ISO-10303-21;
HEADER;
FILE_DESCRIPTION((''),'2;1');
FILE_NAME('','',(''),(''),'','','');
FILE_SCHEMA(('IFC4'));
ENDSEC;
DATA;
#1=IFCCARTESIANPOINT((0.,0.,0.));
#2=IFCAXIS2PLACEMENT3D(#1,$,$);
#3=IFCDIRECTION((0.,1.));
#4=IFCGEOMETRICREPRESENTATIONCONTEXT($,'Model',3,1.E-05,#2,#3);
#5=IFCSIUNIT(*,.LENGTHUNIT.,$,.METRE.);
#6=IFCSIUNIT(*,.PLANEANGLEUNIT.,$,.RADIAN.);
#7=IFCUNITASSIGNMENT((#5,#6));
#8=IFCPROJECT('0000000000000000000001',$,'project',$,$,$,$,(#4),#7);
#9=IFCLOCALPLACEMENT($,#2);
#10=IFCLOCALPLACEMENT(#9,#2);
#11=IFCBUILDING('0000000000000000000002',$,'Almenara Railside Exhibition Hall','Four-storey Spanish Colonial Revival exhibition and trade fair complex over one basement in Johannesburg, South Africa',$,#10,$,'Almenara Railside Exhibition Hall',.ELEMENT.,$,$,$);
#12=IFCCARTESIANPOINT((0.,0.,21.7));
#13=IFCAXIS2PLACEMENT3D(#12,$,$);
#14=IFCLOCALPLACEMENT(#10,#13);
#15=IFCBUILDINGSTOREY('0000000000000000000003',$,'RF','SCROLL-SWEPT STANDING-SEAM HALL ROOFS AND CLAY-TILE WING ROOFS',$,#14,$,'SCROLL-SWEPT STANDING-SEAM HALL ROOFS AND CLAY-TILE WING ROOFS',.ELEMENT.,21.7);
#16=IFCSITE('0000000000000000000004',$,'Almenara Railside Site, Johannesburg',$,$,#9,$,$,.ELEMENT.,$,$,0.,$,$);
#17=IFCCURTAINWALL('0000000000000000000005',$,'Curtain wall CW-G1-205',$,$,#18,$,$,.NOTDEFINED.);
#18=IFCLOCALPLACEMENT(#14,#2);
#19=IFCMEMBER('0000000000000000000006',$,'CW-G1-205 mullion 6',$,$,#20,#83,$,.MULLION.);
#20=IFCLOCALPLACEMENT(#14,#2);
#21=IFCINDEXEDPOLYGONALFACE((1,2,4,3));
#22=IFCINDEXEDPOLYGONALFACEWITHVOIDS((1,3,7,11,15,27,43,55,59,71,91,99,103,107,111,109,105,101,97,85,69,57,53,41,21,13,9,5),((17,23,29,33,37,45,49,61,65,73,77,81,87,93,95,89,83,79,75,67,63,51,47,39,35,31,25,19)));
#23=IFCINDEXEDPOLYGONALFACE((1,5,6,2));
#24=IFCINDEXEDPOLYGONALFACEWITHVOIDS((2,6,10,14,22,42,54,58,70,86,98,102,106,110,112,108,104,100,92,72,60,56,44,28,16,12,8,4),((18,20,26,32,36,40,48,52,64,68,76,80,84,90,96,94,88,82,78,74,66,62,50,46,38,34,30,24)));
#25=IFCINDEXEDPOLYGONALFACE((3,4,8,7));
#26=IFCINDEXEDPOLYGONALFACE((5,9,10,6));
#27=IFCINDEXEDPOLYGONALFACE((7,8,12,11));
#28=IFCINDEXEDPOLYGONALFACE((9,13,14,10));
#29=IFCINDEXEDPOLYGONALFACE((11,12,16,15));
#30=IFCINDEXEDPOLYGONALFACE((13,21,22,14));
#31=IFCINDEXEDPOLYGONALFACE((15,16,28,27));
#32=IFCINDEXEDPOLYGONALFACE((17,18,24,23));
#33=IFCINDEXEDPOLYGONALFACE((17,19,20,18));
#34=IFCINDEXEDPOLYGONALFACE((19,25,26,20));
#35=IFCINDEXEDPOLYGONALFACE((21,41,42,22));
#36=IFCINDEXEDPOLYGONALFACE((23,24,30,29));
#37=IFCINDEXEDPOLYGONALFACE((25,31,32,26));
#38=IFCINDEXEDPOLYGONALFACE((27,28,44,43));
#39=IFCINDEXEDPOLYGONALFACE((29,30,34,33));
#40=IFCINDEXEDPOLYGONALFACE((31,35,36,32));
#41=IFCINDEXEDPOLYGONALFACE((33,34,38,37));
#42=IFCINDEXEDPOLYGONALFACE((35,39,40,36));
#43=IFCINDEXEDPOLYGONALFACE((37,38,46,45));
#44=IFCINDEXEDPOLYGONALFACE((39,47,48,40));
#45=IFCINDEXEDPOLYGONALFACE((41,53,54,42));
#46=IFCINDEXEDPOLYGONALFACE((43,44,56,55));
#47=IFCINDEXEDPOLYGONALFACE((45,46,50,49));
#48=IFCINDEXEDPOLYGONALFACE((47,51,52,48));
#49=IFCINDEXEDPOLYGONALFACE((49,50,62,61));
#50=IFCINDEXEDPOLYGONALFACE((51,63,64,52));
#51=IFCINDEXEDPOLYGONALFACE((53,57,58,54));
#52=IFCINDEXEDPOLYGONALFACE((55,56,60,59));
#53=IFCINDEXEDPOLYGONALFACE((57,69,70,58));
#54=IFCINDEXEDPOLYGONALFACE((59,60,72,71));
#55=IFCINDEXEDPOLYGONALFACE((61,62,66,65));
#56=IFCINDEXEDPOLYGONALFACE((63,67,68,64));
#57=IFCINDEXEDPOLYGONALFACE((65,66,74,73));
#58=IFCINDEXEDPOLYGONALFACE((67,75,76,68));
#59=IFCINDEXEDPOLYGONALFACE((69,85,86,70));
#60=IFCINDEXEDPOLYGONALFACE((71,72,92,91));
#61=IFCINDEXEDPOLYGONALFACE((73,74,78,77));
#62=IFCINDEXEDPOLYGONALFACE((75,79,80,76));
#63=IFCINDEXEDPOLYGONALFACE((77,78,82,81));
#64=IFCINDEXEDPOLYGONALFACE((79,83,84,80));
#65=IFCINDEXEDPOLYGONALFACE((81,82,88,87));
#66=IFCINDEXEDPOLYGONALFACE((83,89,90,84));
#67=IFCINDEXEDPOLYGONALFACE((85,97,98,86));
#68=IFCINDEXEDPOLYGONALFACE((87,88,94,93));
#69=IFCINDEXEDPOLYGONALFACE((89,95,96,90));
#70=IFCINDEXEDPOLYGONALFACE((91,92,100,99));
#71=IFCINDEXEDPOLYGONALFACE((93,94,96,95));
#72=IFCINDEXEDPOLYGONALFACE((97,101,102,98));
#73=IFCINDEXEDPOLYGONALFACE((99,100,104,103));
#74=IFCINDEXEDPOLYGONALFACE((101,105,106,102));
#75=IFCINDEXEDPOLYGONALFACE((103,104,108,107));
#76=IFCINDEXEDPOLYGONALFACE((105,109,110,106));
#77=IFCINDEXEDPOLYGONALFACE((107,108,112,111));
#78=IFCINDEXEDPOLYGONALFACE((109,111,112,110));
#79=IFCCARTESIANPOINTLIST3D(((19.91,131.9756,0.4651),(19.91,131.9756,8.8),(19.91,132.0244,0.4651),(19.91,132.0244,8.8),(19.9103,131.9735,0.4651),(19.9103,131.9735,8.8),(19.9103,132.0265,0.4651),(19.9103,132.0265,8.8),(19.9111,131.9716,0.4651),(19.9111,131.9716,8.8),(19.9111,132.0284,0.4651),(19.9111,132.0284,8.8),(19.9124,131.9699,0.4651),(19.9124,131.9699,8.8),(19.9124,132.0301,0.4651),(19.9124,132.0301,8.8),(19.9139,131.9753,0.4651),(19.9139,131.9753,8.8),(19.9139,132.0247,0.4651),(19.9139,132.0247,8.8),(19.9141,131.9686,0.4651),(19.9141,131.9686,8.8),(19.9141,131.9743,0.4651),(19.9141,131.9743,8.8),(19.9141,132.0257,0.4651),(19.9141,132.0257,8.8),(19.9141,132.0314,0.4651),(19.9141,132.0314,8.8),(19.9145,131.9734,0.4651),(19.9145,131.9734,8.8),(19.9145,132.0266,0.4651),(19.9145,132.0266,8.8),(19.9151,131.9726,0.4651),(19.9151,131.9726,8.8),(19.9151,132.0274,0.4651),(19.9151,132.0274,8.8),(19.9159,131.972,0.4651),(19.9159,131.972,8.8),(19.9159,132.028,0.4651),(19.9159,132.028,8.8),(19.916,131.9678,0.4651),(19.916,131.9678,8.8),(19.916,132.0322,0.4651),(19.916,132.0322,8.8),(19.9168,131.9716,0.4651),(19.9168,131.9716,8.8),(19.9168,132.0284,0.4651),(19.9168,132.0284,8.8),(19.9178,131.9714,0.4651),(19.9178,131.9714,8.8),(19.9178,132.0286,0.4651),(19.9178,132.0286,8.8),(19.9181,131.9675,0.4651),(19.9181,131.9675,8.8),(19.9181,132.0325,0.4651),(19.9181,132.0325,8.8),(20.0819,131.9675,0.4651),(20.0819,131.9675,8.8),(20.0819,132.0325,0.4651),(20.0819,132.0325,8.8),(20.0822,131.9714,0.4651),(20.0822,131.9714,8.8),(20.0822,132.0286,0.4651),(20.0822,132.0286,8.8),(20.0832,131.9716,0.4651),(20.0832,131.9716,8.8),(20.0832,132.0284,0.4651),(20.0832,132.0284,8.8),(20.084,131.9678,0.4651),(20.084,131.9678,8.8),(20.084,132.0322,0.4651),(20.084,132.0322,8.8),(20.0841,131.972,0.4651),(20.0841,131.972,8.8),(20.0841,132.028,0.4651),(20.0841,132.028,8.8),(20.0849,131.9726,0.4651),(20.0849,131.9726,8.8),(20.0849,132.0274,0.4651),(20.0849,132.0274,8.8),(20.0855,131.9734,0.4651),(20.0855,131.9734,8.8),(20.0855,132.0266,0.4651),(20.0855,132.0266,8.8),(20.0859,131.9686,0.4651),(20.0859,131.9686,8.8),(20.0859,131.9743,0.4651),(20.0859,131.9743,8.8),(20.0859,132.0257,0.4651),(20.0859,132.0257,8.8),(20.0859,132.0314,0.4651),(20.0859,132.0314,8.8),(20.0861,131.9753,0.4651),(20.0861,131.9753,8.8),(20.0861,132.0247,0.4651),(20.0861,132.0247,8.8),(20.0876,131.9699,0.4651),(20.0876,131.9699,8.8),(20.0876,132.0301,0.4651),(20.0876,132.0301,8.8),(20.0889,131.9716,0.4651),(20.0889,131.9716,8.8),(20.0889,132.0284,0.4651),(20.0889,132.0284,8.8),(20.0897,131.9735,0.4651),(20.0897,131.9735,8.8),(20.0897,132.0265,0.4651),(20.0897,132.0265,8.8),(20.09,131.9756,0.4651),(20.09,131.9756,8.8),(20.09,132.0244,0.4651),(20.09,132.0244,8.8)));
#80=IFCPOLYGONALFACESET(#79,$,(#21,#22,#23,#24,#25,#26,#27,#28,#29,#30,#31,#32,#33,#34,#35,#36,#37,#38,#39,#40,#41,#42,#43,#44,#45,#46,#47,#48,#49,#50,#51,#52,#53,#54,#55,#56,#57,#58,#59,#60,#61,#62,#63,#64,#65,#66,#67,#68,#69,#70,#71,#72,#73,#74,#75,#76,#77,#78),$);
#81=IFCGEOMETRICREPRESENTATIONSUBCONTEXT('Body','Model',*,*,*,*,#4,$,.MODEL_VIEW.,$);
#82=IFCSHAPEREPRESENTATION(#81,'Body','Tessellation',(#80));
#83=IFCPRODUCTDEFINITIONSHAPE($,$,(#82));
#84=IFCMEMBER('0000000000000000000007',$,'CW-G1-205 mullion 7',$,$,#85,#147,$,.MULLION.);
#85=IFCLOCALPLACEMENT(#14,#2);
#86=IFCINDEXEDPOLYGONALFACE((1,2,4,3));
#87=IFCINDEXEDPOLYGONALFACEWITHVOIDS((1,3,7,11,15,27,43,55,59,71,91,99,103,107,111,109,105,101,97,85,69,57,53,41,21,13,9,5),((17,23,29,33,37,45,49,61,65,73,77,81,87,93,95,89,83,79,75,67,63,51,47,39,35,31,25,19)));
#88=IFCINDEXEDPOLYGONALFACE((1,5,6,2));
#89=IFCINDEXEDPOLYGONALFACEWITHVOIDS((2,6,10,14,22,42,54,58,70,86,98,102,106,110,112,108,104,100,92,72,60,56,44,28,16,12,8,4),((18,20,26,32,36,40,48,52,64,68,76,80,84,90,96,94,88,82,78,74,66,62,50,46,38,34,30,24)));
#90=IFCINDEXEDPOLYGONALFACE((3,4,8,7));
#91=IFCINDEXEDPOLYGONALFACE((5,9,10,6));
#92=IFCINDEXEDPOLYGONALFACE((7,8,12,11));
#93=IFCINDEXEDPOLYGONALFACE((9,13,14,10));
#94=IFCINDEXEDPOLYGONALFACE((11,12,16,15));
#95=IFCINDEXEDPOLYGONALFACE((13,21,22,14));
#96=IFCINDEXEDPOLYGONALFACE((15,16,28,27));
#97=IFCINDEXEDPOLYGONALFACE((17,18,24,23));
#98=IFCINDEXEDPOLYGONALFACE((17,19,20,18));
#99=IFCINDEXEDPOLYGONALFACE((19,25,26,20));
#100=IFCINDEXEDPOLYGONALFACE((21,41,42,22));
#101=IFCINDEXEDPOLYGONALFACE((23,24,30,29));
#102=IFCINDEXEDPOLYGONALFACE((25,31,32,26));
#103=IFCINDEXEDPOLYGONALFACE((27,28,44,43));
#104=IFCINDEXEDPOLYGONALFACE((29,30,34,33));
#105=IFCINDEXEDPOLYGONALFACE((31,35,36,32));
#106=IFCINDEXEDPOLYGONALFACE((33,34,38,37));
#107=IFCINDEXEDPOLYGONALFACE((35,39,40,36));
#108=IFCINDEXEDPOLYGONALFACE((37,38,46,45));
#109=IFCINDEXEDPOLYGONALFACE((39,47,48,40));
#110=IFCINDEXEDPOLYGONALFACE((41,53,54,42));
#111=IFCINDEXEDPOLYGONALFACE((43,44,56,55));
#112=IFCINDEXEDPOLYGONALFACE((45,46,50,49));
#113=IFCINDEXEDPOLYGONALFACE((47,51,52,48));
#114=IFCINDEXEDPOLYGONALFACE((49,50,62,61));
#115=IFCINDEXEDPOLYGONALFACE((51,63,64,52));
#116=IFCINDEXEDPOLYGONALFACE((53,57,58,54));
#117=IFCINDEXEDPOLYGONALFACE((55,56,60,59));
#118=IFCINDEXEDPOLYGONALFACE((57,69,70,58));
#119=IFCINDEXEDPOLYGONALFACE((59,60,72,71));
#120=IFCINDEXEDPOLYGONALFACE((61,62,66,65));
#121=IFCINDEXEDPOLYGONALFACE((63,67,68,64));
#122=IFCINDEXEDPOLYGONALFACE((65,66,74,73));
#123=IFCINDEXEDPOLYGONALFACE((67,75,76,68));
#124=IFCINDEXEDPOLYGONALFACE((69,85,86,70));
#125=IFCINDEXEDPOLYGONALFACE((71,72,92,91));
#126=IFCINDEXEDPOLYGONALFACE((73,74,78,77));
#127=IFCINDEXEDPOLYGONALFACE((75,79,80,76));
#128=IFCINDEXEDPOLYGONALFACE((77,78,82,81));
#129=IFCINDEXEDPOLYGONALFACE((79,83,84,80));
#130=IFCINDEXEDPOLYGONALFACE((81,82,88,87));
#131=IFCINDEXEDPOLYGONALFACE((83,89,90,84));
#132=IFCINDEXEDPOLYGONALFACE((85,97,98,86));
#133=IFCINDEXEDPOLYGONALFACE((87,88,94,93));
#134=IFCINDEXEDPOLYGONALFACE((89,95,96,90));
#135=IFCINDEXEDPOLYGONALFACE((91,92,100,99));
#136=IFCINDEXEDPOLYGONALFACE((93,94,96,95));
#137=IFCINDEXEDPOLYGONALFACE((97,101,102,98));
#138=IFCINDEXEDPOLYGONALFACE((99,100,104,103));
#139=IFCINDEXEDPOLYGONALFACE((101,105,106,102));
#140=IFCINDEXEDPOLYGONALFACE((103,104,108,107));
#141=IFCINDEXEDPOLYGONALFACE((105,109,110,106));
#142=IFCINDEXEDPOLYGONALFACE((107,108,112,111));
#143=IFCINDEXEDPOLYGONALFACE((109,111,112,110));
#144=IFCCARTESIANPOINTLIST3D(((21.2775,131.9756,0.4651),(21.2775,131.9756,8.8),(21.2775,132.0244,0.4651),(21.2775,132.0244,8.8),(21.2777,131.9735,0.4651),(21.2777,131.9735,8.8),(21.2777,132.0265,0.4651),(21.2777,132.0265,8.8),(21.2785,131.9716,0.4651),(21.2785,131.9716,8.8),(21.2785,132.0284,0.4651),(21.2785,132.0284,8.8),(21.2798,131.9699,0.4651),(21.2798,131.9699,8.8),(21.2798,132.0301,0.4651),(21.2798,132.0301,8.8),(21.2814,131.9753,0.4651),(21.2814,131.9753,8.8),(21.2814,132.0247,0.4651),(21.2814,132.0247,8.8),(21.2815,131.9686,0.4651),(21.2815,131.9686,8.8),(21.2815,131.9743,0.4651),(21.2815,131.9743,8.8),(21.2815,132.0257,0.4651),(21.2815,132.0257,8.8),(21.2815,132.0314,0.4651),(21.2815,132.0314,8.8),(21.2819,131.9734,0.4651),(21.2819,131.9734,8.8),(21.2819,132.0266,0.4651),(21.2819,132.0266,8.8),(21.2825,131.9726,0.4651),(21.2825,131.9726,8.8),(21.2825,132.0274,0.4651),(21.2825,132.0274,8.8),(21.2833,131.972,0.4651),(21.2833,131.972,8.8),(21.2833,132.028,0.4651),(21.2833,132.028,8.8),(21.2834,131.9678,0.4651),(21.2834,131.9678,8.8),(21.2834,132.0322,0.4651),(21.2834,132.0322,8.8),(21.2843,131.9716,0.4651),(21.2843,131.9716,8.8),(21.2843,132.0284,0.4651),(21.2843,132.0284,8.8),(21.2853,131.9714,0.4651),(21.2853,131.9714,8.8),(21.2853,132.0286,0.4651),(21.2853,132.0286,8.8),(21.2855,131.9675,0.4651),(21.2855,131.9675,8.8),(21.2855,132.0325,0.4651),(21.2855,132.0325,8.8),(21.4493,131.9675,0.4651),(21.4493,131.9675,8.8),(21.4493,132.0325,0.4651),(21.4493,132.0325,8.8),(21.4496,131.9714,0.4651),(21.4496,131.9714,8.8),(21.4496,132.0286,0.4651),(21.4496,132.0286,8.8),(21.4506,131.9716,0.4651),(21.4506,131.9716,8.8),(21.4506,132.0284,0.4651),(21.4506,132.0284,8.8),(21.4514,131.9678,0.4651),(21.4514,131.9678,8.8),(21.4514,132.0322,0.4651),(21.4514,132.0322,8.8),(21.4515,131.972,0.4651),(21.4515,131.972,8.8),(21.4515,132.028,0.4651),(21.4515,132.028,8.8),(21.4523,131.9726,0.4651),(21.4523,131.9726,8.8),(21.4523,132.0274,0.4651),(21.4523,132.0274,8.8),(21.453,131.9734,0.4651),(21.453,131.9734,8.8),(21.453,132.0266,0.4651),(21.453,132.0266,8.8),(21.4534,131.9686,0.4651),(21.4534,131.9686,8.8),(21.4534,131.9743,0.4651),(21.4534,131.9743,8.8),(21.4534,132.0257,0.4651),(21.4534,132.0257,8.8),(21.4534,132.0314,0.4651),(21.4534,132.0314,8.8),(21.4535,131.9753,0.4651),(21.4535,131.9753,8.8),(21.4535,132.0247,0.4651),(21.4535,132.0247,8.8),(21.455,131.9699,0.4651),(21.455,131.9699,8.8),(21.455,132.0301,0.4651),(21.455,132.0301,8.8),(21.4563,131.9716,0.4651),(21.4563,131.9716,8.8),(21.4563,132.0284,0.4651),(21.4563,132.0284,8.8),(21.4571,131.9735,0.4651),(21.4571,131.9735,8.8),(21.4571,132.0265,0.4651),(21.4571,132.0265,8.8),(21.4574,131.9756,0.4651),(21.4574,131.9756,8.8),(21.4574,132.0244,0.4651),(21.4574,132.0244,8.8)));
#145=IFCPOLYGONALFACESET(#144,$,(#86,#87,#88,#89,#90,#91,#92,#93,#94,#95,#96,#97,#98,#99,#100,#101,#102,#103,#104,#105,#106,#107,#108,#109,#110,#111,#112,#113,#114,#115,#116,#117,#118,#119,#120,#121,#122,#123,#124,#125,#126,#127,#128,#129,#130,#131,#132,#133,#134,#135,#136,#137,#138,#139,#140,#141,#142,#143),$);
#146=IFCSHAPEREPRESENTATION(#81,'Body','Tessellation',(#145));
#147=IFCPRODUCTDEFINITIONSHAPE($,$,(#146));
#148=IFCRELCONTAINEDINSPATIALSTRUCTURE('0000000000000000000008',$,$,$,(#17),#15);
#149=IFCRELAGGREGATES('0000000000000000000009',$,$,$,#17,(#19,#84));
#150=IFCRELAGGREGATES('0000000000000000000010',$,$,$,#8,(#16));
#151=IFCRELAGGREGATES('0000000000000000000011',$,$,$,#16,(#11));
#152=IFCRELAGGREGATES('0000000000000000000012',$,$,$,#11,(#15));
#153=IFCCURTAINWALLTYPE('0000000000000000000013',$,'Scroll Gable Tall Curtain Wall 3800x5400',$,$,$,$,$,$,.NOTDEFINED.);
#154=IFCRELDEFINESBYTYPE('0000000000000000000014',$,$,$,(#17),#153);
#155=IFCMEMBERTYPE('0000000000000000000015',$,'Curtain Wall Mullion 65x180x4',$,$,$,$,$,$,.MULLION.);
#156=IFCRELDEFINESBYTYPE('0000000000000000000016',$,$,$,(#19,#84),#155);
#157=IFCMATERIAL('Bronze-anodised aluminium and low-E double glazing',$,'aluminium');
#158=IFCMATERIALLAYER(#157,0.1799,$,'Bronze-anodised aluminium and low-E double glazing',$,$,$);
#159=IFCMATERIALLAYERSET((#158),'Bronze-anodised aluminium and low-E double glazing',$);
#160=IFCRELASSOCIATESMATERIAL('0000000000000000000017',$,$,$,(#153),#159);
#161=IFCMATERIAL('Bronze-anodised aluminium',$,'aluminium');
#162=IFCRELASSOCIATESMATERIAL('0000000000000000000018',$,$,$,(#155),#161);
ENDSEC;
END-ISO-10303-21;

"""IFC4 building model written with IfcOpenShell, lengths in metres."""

from ifc_helpers import new_model, si_unit, direction, frame, origin, origin_2d, place, context, subcontext, project, spatial, hollow_rectangle, extrude, material, layer, layer_set, material_profile, profile_set, type_object, element, aggregate, save


model = new_model("IFC4")

# Units and contexts
model_context = context("Model", 3, precision=1e-05, world=origin(), true_north=direction((0.0, 1.0)))
body_context = subcontext(model_context, "Body", "Model", "MODEL_VIEW")
ifc_project = project(units=[si_unit("LENGTHUNIT", "METRE"), si_unit("PLANEANGLEUNIT", "RADIAN")], contexts=[model_context])

# Site, building, storey
site_placement = place(None, origin())
site = spatial("IfcSite", under=ifc_project, at=site_placement, Name="Almenara Railside Site, Johannesburg", CompositionType="ELEMENT", RefElevation=0.0)
building_placement = place(site_placement, origin())
building = spatial("IfcBuilding", under=site, at=building_placement, Name="Almenara Railside Exhibition Hall", Description="Four-storey Spanish Colonial Revival exhibition and trade fair complex over one basement in Johannesburg, South Africa", LongName="Almenara Railside Exhibition Hall", CompositionType="ELEMENT")
storey_placement = place(building_placement, frame((0.0, 0.0, 21.7)))
storey = spatial("IfcBuildingStorey", under=building, at=storey_placement, Name="RF", Description="SCROLL-SWEPT STANDING-SEAM HALL ROOFS AND CLAY-TILE WING ROOFS", LongName="SCROLL-SWEPT STANDING-SEAM HALL ROOFS AND CLAY-TILE WING ROOFS", CompositionType="ELEMENT", Elevation=21.7)

# Curtain wall, members
ifc_material_1 = material(Name="Bronze-anodised aluminium and low-E double glazing", Category="aluminium")
ifc_layer_1 = layer(ifc_material_1, 0.1799, Name="Bronze-anodised aluminium and low-E double glazing")
ifc_layer_set_1 = layer_set([ifc_layer_1], Name="Bronze-anodised aluminium and low-E double glazing")
curtain_wall_type = type_object("IfcCurtainWallType", Name="Scroll Gable Tall Curtain Wall 3800x5400", PredefinedType="NOTDEFINED", material=ifc_layer_set_1)
ifc_material_2 = material(Name="Bronze-anodised aluminium", Category="aluminium")
curtain_wall_1_placement = place(storey_placement, origin())
curtain_wall_1 = element("IfcCurtainWall", 1, at=curtain_wall_1_placement, inside=storey, type_object=curtain_wall_type, Name="Curtain wall CW-G1-205", PredefinedType="NOTDEFINED")
ifc_material_profile_1 = material_profile(ifc_material_2, hollow_rectangle(XDim=0.0649, YDim=0.1799, WallThickness=0.0039, InnerFilletRadius=0.0039, OuterFilletRadius=0.0081, at=origin_2d()), Name="ALU-MUL 65x180x4")
ifc_profile_set_1 = profile_set([ifc_material_profile_1], Name="Bronze-anodised aluminium")
member_type_1 = type_object("IfcMemberType", Name="Curtain Wall Mullion 65x180x4", PredefinedType="MULLION", material=ifc_profile_set_1)
member_1_placement = place(storey_placement, frame((20.0, 132.0, 0.4651), z_axis=(0.0, 0.0, 1.0), x_axis=(0.0, 1.0, 0.0)))
member_1 = element("IfcMember", 2, at=member_1_placement, type_object=member_type_1, Name="CW-G1-205 mullion 6", PredefinedType="MULLION", context=body_context, shape_type="SweptSolid", body=[
    extrude(hollow_rectangle(XDim=0.0649, YDim=0.1799, WallThickness=0.0039, InnerFilletRadius=0.0039, OuterFilletRadius=0.0081, at=origin_2d()), origin(), (0.0, 0.0, 1.0), 8.335),
])
member_2_placement = place(storey_placement, frame((21.3674, 132.0, 0.4651), z_axis=(0.0, 0.0, 1.0), x_axis=(0.0, 1.0, 0.0)))
member_2 = element("IfcMember", 3, at=member_2_placement, type_object=member_type_1, Name="CW-G1-205 mullion 7", PredefinedType="MULLION", context=body_context, shape_type="SweptSolid", body=[
    extrude(hollow_rectangle(XDim=0.0649, YDim=0.1799, WallThickness=0.0039, InnerFilletRadius=0.0039, OuterFilletRadius=0.0081, at=origin_2d()), origin(), (0.0, 0.0, 1.0), 8.335),
])

aggregate(curtain_wall_1, [member_1, member_2])

save(model, "model.ifc")
